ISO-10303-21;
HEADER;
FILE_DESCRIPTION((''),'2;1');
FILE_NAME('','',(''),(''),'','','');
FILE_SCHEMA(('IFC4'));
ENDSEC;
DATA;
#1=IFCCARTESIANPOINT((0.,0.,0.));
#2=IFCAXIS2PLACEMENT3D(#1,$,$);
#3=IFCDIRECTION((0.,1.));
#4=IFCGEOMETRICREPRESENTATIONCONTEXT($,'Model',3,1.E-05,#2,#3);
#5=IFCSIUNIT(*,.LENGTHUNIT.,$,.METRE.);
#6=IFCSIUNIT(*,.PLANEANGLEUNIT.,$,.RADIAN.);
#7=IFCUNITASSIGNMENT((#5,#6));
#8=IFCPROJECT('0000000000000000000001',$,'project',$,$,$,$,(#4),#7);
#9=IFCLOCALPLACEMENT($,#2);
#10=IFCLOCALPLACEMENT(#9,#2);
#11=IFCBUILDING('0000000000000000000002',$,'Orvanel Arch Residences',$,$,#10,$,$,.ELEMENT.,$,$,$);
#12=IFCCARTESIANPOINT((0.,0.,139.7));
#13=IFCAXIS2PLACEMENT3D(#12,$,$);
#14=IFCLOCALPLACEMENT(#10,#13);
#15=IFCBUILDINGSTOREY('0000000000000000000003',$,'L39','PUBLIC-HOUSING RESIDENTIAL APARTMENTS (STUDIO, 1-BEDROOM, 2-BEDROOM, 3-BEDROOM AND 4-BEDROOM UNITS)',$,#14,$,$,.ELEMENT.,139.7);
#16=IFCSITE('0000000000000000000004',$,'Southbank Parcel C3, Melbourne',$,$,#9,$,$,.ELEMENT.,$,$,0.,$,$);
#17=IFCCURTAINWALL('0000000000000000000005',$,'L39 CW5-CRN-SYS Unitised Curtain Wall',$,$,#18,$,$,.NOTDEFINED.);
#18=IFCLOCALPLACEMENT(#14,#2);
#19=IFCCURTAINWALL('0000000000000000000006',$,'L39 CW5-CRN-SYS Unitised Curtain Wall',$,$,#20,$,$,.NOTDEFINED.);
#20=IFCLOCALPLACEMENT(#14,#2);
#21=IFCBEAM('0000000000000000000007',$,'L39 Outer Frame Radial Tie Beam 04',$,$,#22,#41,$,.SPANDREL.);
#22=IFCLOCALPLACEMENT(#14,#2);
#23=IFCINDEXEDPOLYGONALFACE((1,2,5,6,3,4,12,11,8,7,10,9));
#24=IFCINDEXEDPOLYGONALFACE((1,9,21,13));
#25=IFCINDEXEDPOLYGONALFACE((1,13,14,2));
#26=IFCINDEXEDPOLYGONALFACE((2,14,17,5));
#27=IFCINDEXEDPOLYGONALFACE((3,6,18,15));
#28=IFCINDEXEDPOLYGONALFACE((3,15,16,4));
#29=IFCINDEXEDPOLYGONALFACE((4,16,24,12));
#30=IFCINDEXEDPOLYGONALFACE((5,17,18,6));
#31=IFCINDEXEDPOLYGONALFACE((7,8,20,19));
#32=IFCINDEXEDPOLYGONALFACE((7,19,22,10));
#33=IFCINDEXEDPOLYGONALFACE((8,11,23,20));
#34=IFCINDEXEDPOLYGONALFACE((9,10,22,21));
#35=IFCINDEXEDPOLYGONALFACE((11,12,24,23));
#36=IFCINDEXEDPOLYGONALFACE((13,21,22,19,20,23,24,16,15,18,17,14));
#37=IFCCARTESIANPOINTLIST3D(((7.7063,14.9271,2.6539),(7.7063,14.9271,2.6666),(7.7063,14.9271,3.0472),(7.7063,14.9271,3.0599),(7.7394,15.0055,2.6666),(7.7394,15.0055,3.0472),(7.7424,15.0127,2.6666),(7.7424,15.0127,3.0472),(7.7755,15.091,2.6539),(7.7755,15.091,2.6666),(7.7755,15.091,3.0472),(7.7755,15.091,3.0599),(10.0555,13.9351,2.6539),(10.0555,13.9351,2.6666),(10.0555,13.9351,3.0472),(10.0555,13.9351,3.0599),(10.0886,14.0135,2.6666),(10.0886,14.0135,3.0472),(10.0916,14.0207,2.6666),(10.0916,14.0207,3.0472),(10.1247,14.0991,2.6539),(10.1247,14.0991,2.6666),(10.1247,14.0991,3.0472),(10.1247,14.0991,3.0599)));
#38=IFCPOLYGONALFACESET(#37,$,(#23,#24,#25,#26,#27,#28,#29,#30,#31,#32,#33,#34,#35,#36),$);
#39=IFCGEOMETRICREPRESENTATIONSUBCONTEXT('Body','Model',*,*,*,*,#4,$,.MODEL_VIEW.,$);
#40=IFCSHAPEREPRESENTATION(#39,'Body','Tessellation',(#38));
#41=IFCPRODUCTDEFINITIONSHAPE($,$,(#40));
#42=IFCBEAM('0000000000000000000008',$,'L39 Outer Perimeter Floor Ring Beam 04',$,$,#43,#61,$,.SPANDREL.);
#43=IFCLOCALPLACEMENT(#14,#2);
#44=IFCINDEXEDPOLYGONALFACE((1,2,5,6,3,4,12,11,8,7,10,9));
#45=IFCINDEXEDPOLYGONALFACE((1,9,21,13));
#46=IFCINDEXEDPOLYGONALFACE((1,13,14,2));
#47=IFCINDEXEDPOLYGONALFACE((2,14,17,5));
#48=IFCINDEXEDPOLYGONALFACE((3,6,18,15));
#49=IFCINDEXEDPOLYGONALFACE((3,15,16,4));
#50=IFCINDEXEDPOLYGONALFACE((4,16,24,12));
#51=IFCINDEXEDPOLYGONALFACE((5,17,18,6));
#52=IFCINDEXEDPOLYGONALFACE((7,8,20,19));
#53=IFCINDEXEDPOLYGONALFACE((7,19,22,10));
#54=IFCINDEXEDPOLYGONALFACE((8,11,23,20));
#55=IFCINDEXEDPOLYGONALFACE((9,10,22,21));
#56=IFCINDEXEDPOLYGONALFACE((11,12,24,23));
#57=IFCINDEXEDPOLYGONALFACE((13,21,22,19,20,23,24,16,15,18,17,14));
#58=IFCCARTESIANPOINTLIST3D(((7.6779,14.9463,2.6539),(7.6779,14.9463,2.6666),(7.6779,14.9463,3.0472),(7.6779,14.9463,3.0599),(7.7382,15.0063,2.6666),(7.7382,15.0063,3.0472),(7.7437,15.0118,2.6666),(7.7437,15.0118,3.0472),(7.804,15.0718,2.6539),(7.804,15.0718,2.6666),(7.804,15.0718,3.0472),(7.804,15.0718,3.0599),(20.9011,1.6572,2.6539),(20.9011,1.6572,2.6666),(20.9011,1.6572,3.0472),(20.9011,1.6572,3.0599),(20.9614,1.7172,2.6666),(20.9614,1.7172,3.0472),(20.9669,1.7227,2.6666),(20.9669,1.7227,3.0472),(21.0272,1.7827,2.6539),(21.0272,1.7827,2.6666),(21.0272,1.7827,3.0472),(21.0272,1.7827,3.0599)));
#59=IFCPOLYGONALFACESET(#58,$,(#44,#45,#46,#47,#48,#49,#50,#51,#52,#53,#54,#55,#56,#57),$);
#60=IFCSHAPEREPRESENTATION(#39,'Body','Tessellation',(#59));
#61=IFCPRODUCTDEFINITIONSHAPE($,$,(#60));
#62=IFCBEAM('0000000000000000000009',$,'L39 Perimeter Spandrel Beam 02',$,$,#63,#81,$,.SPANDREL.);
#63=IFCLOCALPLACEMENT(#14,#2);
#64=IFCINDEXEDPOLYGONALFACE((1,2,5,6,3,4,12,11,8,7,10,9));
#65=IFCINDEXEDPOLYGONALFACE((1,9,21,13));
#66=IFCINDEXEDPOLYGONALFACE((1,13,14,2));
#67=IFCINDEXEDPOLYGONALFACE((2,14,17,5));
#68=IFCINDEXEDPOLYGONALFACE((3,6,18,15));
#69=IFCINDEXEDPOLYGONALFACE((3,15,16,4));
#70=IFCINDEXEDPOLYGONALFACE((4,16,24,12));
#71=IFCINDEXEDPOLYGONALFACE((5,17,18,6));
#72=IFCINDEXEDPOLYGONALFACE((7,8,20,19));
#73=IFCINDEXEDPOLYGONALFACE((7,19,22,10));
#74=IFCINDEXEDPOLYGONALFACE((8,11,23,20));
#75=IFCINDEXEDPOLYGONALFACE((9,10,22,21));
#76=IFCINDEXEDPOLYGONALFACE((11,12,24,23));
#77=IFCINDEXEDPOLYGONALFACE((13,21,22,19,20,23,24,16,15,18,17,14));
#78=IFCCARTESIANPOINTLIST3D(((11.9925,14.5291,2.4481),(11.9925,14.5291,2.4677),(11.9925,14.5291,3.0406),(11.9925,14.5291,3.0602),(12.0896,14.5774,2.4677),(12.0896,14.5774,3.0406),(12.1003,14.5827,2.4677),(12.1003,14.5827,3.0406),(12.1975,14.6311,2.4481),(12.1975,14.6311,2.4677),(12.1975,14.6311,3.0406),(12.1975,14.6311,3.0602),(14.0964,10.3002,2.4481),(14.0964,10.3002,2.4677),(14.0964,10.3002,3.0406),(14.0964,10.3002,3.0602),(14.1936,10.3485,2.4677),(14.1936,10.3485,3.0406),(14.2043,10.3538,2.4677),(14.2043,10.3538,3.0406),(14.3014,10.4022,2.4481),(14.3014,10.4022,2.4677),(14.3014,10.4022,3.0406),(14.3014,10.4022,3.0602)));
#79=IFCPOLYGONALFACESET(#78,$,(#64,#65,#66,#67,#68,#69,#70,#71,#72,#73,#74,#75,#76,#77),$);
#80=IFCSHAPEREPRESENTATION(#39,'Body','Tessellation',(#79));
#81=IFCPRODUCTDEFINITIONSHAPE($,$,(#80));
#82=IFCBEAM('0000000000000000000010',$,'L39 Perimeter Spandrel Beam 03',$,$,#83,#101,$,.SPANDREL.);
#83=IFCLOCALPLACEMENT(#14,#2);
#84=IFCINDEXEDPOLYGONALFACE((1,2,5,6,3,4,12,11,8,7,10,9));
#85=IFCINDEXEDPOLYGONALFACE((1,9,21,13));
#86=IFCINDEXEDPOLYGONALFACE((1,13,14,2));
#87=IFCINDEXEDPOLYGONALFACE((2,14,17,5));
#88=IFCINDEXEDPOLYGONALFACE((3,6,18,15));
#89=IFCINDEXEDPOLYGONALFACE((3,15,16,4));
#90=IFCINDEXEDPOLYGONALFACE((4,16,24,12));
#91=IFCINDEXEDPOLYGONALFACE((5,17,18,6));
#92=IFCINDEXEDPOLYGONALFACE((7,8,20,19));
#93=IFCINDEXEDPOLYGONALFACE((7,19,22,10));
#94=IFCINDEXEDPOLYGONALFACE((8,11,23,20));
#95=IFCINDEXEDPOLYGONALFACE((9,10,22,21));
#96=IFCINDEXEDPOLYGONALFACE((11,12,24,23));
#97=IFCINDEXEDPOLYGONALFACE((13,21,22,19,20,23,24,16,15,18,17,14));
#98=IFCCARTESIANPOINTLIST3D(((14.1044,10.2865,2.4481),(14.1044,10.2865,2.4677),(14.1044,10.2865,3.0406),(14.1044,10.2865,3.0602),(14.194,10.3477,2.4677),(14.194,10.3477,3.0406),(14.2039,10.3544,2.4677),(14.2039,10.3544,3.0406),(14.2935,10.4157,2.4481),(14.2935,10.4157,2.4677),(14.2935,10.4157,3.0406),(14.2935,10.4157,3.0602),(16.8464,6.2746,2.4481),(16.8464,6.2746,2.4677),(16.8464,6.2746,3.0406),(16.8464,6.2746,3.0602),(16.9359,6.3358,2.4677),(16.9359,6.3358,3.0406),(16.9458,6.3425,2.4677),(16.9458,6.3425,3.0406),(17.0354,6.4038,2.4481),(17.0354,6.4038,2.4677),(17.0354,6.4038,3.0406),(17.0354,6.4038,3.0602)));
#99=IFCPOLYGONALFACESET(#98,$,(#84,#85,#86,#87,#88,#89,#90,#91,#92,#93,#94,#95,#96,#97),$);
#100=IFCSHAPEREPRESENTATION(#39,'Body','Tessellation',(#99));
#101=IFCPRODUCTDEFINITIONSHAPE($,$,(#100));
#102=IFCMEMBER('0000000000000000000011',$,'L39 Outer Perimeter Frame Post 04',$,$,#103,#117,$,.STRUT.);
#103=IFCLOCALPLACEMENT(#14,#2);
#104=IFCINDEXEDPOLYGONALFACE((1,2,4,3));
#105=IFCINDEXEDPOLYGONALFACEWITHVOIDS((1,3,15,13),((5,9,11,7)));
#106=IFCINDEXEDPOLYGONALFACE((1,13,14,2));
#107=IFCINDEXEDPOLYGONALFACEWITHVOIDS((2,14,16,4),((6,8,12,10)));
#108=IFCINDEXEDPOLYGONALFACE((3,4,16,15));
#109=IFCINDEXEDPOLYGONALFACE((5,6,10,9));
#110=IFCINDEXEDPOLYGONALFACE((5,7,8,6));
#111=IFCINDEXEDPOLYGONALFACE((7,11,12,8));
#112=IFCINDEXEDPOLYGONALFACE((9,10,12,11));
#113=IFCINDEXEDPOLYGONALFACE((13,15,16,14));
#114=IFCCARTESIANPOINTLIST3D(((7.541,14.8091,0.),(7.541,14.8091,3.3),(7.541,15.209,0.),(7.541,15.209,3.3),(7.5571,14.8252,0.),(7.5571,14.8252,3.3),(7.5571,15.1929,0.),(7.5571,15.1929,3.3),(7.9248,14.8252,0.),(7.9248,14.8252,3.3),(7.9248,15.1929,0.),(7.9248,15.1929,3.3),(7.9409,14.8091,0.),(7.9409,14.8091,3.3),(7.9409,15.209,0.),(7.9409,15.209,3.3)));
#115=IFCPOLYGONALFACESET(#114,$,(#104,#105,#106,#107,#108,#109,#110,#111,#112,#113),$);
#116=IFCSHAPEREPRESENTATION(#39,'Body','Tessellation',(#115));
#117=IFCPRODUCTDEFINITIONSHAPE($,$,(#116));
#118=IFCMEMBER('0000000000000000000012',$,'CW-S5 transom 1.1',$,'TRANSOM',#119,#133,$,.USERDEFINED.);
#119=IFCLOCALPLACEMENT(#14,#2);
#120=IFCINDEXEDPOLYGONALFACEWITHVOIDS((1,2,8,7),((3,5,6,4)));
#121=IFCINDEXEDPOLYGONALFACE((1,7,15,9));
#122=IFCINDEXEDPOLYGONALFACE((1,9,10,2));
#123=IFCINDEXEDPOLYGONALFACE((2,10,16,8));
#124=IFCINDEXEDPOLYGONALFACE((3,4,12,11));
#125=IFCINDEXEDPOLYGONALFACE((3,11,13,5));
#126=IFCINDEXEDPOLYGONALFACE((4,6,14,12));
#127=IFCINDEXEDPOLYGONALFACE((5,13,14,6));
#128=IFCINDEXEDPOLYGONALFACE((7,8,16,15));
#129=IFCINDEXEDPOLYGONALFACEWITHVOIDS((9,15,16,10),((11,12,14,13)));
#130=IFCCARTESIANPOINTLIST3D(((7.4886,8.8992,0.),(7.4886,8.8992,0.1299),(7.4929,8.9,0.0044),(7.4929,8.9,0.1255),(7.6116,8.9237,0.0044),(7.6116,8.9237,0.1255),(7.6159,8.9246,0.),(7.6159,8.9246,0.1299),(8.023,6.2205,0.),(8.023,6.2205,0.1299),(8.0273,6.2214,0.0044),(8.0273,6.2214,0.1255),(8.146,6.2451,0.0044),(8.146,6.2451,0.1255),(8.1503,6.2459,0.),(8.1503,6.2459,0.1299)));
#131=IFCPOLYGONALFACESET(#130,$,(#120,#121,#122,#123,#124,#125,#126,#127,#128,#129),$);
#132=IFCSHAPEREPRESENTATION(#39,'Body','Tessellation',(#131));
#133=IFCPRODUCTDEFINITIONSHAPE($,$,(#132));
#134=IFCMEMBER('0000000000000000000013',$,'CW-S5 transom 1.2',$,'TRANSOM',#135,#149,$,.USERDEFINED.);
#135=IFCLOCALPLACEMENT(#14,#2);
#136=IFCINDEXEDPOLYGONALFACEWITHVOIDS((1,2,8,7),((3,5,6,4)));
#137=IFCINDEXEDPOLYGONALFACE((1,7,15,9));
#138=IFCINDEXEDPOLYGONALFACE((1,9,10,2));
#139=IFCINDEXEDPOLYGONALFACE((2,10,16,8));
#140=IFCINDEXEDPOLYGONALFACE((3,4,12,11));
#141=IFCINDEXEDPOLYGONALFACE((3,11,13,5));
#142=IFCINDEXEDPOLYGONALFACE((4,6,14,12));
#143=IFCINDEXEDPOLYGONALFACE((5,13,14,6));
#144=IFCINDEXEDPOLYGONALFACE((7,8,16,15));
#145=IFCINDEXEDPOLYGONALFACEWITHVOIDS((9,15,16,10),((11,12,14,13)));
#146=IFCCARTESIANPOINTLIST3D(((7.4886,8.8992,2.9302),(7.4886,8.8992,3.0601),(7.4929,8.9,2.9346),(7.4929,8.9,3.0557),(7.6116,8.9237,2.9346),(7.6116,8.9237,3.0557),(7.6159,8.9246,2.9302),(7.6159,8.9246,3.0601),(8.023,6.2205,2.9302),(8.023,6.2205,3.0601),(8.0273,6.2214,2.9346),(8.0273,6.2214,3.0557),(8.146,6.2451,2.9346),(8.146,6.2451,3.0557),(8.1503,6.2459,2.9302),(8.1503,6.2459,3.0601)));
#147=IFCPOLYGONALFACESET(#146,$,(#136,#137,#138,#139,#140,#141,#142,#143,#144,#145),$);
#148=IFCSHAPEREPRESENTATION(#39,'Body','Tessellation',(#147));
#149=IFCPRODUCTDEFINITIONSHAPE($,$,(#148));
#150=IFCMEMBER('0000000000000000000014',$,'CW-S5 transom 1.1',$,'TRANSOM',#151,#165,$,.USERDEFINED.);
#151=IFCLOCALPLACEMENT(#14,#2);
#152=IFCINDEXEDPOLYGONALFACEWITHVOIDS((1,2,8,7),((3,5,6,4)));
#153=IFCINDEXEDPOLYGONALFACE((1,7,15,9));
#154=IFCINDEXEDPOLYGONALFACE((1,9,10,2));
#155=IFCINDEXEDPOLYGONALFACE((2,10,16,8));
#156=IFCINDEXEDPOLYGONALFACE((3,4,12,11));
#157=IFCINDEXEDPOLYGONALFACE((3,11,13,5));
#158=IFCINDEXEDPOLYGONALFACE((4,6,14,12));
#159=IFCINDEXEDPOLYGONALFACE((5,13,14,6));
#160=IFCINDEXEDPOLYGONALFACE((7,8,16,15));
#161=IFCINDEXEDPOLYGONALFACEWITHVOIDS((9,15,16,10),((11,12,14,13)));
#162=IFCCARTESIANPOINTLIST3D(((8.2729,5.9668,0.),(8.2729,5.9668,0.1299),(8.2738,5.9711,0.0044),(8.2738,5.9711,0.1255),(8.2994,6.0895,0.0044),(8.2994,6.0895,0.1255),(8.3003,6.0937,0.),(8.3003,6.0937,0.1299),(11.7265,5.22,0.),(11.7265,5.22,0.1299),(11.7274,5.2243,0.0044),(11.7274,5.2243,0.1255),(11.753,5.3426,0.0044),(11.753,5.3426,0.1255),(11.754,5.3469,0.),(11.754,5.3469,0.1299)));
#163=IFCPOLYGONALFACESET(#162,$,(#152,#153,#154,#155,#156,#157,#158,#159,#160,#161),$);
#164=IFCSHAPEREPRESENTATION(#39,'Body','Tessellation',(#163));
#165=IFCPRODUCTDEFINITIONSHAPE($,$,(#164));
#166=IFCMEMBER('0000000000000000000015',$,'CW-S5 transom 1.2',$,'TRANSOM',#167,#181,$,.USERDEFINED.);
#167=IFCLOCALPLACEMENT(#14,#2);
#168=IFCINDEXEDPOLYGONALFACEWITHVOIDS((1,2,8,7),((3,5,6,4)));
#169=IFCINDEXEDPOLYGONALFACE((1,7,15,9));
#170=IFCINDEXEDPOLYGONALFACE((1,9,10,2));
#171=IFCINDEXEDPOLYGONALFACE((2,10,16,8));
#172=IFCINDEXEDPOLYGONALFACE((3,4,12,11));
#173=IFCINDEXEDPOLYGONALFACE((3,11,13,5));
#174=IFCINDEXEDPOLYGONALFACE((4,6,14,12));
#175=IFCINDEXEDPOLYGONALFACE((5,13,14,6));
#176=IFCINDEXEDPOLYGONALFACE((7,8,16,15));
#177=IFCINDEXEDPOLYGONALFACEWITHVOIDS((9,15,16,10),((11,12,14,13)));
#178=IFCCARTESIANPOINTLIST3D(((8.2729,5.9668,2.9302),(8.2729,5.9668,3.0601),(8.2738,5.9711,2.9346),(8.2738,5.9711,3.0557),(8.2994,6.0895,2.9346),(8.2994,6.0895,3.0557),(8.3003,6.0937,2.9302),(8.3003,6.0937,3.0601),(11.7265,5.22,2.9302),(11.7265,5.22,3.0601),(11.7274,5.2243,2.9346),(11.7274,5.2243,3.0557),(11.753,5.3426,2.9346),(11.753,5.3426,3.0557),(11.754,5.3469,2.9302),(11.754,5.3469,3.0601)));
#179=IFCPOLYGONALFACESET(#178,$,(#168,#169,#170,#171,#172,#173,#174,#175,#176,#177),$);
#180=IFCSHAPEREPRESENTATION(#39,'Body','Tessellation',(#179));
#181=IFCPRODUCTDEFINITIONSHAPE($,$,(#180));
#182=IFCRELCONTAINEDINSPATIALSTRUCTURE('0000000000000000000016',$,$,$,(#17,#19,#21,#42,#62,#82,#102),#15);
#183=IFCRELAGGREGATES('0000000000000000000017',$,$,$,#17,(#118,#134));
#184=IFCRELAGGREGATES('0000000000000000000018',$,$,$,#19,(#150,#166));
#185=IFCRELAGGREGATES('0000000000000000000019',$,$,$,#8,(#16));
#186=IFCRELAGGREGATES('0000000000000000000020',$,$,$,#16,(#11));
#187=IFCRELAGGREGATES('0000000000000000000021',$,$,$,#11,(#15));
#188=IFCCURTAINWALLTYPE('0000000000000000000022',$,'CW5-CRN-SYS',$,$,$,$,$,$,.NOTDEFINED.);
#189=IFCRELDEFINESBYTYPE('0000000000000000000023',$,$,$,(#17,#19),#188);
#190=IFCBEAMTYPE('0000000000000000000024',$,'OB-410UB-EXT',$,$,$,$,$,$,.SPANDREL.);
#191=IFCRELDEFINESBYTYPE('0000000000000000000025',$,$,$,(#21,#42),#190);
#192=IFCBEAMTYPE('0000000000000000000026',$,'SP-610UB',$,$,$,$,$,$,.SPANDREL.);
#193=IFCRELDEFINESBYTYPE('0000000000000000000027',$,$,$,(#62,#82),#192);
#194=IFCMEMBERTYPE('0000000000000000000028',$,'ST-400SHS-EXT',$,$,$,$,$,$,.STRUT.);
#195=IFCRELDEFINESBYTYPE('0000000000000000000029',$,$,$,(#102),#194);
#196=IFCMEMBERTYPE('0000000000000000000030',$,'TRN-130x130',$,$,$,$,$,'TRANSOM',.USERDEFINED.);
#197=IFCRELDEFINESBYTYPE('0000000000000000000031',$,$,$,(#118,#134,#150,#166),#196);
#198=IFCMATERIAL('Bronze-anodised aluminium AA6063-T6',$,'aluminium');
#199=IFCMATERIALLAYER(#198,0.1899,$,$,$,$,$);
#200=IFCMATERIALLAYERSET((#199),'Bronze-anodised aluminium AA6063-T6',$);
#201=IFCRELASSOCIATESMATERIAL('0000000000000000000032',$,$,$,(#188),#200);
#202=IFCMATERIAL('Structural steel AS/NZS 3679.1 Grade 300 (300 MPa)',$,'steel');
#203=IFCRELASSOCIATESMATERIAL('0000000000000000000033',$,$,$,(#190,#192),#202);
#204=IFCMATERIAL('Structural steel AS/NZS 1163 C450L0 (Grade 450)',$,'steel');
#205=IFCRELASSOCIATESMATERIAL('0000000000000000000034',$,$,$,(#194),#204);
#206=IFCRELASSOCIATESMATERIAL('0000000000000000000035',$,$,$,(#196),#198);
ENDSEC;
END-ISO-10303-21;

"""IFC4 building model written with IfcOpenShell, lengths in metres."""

from ifc_helpers import new_model, si_unit, direction, frame, origin, origin_2d, place, context, subcontext, project, spatial, hollow_rectangle, i_section, extrude, material, layer, layer_set, material_profile, profile_set, type_object, element, aggregate, save


model = new_model("IFC4")

# Units and contexts
model_context = context("Model", 3, precision=1e-05, world=origin(), true_north=direction((0.0, 1.0)))
body_context = subcontext(model_context, "Body", "Model", "MODEL_VIEW")
ifc_project = project(units=[si_unit("LENGTHUNIT", "METRE"), si_unit("PLANEANGLEUNIT", "RADIAN")], contexts=[model_context])

# Site, building, storey
site_placement = place(None, origin())
site = spatial("IfcSite", under=ifc_project, at=site_placement, Name="Southbank Parcel C3, Melbourne", CompositionType="ELEMENT", RefElevation=0.0)
building_placement = place(site_placement, origin())
building = spatial("IfcBuilding", under=site, at=building_placement, Name="Orvanel Arch Residences", CompositionType="ELEMENT")
storey_placement = place(building_placement, frame((0.0, 0.0, 139.7)))
storey = spatial("IfcBuildingStorey", under=building, at=storey_placement, Name="L39", Description="PUBLIC-HOUSING RESIDENTIAL APARTMENTS (STUDIO, 1-BEDROOM, 2-BEDROOM, 3-BEDROOM AND 4-BEDROOM UNITS)", CompositionType="ELEMENT", Elevation=139.7)

# Curtain walls
ifc_material_1 = material(Name="Bronze-anodised aluminium AA6063-T6", Category="aluminium")
ifc_layer_1 = layer(ifc_material_1, 0.1899)
ifc_layer_set_1 = layer_set([ifc_layer_1], Name="Bronze-anodised aluminium AA6063-T6")
curtain_wall_type_1 = type_object("IfcCurtainWallType", Name="CW5-CRN-SYS", PredefinedType="NOTDEFINED", material=ifc_layer_set_1)
curtain_wall_1_placement = place(storey_placement, origin())
curtain_wall_1 = element("IfcCurtainWall", 1, at=curtain_wall_1_placement, inside=storey, type_object=curtain_wall_type_1, Name="L39 CW5-CRN-SYS Unitised Curtain Wall", PredefinedType="NOTDEFINED")
curtain_wall_2_placement = place(storey_placement, origin())
curtain_wall_2 = element("IfcCurtainWall", 2, at=curtain_wall_2_placement, inside=storey, type_object=curtain_wall_type_1, Name="L39 CW5-CRN-SYS Unitised Curtain Wall", PredefinedType="NOTDEFINED")

# Beams
ifc_material_2 = material(Name="Structural steel AS/NZS 3679.1 Grade 300 (300 MPa)", Category="steel")
ifc_material_profile_1 = material_profile(ifc_material_2, i_section(OverallWidth=0.178, OverallDepth=0.406, WebThickness=0.0078, FlangeThickness=0.0127, at=origin_2d()), Name="410UB59.7")
ifc_profile_set_1 = profile_set([ifc_material_profile_1], Name="Structural steel AS/NZS 3679.1 Grade 300 (300 MPa)")
beam_type_1 = type_object("IfcBeamType", Name="OB-410UB-EXT", PredefinedType="SPANDREL", material=ifc_profile_set_1)
beam_1_placement = place(storey_placement, frame((10.0901, 14.0171, 2.8569), z_axis=(-0.921237, 0.389003, 0.0), x_axis=(-0.389003, -0.921237, 0.0)))
element("IfcBeam", 3, at=beam_1_placement, inside=storey, type_object=beam_type_1, Name="L39 Outer Frame Radial Tie Beam 04", PredefinedType="SPANDREL", context=body_context, shape_type="SweptSolid", body=[
    extrude(i_section(OverallWidth=0.178, OverallDepth=0.406, WebThickness=0.0078, FlangeThickness=0.0127, at=origin_2d()), origin(), (0.0, 0.0, 1.0), 2.55),
])
beam_2_placement = place(storey_placement, frame((7.741, 15.009, 2.8569), z_axis=(0.705347, -0.708863, 0.0), x_axis=(0.708863, 0.705347, 0.0)))
element("IfcBeam", 4, at=beam_2_placement, inside=storey, type_object=beam_type_1, Name="L39 Outer Perimeter Floor Ring Beam 04", PredefinedType="SPANDREL", context=body_context, shape_type="SweptSolid", body=[
    extrude(i_section(OverallWidth=0.178, OverallDepth=0.406, WebThickness=0.0078, FlangeThickness=0.0127, at=origin_2d()), origin(), (0.0, 0.0, 1.0), 18.7471),
])
ifc_material_profile_2 = material_profile(ifc_material_2, i_section(OverallWidth=0.229, OverallDepth=0.6121, WebThickness=0.012, FlangeThickness=0.0195, at=origin_2d()), Name="610UB125")
ifc_profile_set_2 = profile_set([ifc_material_profile_2], Name="Structural steel AS/NZS 3679.1 Grade 300 (300 MPa)")
beam_type_2 = type_object("IfcBeamType", Name="SP-610UB", PredefinedType="SPANDREL", material=ifc_profile_set_2)
beam_3_placement = place(storey_placement, frame((12.095, 14.5801, 2.7542), z_axis=(0.445435, -0.895314, 0.0), x_axis=(0.895314, 0.445435, 0.0)))
element("IfcBeam", 5, at=beam_3_placement, inside=storey, type_object=beam_type_2, Name="L39 Perimeter Spandrel Beam 02", PredefinedType="SPANDREL", context=body_context, shape_type="SweptSolid", body=[
    extrude(i_section(OverallWidth=0.229, OverallDepth=0.6121, WebThickness=0.012, FlangeThickness=0.0195, at=origin_2d()), origin(), (0.0, 0.0, 1.0), 4.7234),
])
beam_4_placement = place(storey_placement, frame((14.199, 10.3511, 2.7542), z_axis=(0.564252, -0.825603, 0.0), x_axis=(0.825603, 0.564252, 0.0)))
element("IfcBeam", 6, at=beam_4_placement, inside=storey, type_object=beam_type_2, Name="L39 Perimeter Spandrel Beam 03", PredefinedType="SPANDREL", context=body_context, shape_type="SweptSolid", body=[
    extrude(i_section(OverallWidth=0.229, OverallDepth=0.6121, WebThickness=0.012, FlangeThickness=0.0195, at=origin_2d()), origin(), (0.0, 0.0, 1.0), 4.8594),
])

# Members
ifc_material_3 = material(Name="Structural steel AS/NZS 1163 C450L0 (Grade 450)", Category="steel")
ifc_material_profile_3 = material_profile(ifc_material_3, hollow_rectangle(XDim=0.3999, YDim=0.3999, WallThickness=0.0161, at=origin_2d()), Name="SHS400x400x16")
ifc_profile_set_3 = profile_set([ifc_material_profile_3], Name="Structural steel AS/NZS 1163 C450L0 (Grade 450)")
member_type_1 = type_object("IfcMemberType", Name="ST-400SHS-EXT", PredefinedType="STRUT", material=ifc_profile_set_3)
member_1_placement = place(storey_placement, frame((7.741, 15.009, 0.0), z_axis=(0.0, 0.0, 1.0), x_axis=(1.0, 0.0, 0.0)))
element("IfcMember", 7, at=member_1_placement, inside=storey, type_object=member_type_1, Name="L39 Outer Perimeter Frame Post 04", PredefinedType="STRUT", context=body_context, shape_type="SweptSolid", body=[
    extrude(hollow_rectangle(XDim=0.3999, YDim=0.3999, WallThickness=0.0161, at=origin_2d()), origin(), (0.0, 0.0, 1.0), 3.3),
])
ifc_material_profile_4 = material_profile(ifc_material_1, hollow_rectangle(XDim=0.1299, YDim=0.1299, WallThickness=0.0044, at=origin_2d()), Name="ALU130x130x4.5")
ifc_profile_set_4 = profile_set([ifc_material_profile_4], Name="Bronze-anodised aluminium AA6063-T6")
member_type_2 = type_object("IfcMemberType", Name="TRN-130x130", ElementType="TRANSOM", PredefinedType="USERDEFINED", material=ifc_profile_set_4)
member_2_placement = place(storey_placement, frame((7.5522, 8.9119, 0.0649), z_axis=(0.195652, -0.980673, 0.0), x_axis=(0.980673, 0.195652, 0.0)))
member_2 = element("IfcMember", 8, at=member_2_placement, type_object=member_type_2, Name="CW-S5 transom 1.1", ObjectType="TRANSOM", PredefinedType="USERDEFINED", context=body_context, shape_type="SweptSolid", body=[
    extrude(hollow_rectangle(XDim=0.1299, YDim=0.1299, WallThickness=0.0044, at=origin_2d()), origin(), (0.0, 0.0, 1.0), 2.7314),
])
member_3_placement = place(storey_placement, frame((7.5522, 8.9119, 2.9951), z_axis=(0.195652, -0.980673, 0.0), x_axis=(0.980673, 0.195652, 0.0)))
member_3 = element("IfcMember", 9, at=member_3_placement, type_object=member_type_2, Name="CW-S5 transom 1.2", ObjectType="TRANSOM", PredefinedType="USERDEFINED", context=body_context, shape_type="SweptSolid", body=[
    extrude(hollow_rectangle(XDim=0.1299, YDim=0.1299, WallThickness=0.0044, at=origin_2d()), origin(), (0.0, 0.0, 1.0), 2.7314),
])
member_4_placement = place(storey_placement, frame((8.2866, 6.0303, 0.0649), z_axis=(0.977408, -0.21136, 0.0), x_axis=(0.21136, 0.977408, 0.0)))
member_4 = element("IfcMember", 10, at=member_4_placement, type_object=member_type_2, Name="CW-S5 transom 1.1", ObjectType="TRANSOM", PredefinedType="USERDEFINED", context=body_context, shape_type="SweptSolid", body=[
    extrude(hollow_rectangle(XDim=0.1299, YDim=0.1299, WallThickness=0.0044, at=origin_2d()), origin(), (0.0, 0.0, 1.0), 3.5334),
])
member_5_placement = place(storey_placement, frame((8.2866, 6.0303, 2.9951), z_axis=(0.977408, -0.21136, 0.0), x_axis=(0.21136, 0.977408, 0.0)))
member_5 = element("IfcMember", 11, at=member_5_placement, type_object=member_type_2, Name="CW-S5 transom 1.2", ObjectType="TRANSOM", PredefinedType="USERDEFINED", context=body_context, shape_type="SweptSolid", body=[
    extrude(hollow_rectangle(XDim=0.1299, YDim=0.1299, WallThickness=0.0044, at=origin_2d()), origin(), (0.0, 0.0, 1.0), 3.5334),
])

aggregate(curtain_wall_1, [member_2, member_3])
aggregate(curtain_wall_2, [member_4, member_5])

save(model, "model.ifc")
